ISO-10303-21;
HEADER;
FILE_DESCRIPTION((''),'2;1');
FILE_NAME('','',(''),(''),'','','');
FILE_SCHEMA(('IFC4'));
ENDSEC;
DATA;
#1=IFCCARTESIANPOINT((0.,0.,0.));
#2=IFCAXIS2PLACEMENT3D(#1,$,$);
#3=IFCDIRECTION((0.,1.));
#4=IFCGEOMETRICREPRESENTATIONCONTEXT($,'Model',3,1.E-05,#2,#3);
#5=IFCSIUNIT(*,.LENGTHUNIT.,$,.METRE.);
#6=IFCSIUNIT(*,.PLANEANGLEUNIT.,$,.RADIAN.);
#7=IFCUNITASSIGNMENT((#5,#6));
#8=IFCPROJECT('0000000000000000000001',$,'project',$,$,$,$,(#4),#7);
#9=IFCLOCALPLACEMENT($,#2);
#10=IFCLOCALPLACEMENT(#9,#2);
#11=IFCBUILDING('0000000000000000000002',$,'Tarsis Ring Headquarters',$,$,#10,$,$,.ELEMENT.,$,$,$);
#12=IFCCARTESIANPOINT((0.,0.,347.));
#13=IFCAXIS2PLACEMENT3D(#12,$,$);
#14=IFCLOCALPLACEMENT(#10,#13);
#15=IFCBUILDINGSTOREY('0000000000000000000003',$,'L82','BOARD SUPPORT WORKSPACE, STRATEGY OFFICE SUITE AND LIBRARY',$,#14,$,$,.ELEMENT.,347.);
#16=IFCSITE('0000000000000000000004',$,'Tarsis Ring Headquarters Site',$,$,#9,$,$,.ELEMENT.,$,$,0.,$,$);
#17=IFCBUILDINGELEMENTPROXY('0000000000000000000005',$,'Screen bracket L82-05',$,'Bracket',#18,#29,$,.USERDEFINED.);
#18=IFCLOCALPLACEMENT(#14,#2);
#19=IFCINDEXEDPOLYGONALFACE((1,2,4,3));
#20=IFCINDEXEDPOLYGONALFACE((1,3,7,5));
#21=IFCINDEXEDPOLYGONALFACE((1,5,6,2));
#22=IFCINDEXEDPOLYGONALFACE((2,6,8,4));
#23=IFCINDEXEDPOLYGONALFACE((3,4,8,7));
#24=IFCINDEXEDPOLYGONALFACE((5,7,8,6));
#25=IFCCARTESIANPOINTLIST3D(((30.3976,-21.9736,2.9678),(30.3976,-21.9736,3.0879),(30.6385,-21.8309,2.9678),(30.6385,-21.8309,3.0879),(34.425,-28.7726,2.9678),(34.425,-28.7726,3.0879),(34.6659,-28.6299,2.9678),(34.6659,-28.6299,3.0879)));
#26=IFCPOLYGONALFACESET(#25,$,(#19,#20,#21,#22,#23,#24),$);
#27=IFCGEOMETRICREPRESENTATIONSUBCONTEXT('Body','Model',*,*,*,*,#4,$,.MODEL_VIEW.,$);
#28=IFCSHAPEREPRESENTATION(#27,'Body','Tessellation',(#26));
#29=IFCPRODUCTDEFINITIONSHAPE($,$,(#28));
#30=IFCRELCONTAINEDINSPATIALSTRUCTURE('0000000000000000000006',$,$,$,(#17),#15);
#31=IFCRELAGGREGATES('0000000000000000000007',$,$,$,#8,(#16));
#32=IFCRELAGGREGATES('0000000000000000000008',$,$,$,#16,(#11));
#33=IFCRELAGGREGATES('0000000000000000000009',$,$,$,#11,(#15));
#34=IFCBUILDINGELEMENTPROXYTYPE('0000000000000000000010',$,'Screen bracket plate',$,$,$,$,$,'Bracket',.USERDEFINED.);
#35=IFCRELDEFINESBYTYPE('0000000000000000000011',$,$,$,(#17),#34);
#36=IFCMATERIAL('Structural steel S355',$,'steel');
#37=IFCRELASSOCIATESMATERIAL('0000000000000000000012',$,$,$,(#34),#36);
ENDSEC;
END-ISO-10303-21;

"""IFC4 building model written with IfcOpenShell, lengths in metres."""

from ifc_helpers import new_model, si_unit, direction, frame, origin, origin_2d, place, context, subcontext, project, spatial, rectangle, extrude, material, type_object, element, save


model = new_model("IFC4")

# Units and contexts
model_context = context("Model", 3, precision=1e-05, world=origin(), true_north=direction((0.0, 1.0)))
body_context = subcontext(model_context, "Body", "Model", "MODEL_VIEW")
ifc_project = project(units=[si_unit("LENGTHUNIT", "METRE"), si_unit("PLANEANGLEUNIT", "RADIAN")], contexts=[model_context])

# Site, building, storey
site_placement = place(None, origin())
site = spatial("IfcSite", under=ifc_project, at=site_placement, Name="Tarsis Ring Headquarters Site", CompositionType="ELEMENT", RefElevation=0.0)
building_placement = place(site_placement, origin())
building = spatial("IfcBuilding", under=site, at=building_placement, Name="Tarsis Ring Headquarters", CompositionType="ELEMENT")
storey_placement = place(building_placement, frame((0.0, 0.0, 347.0)))
storey = spatial("IfcBuildingStorey", under=building, at=storey_placement, Name="L82", Description="BOARD SUPPORT WORKSPACE, STRATEGY OFFICE SUITE AND LIBRARY", CompositionType="ELEMENT", Elevation=347.0)

# Shared definitions
ifc_material_1 = material(Name="Structural steel S355", Category="steel")

# Building element proxy
building_element_proxy_type = type_object("IfcBuildingElementProxyType", Name="Screen bracket plate", ElementType="Bracket", PredefinedType="USERDEFINED", material=ifc_material_1)
proxy_placement = place(storey_placement, frame((32.5317, -25.3018, 2.9678), z_axis=(0.0, 0.0, 1.0), x_axis=(-0.509642, 0.860386, 0.0)))
element("IfcBuildingElementProxy", 1, at=proxy_placement, inside=storey, type_object=building_element_proxy_type, Name="Screen bracket L82-05", ObjectType="Bracket", PredefinedType="USERDEFINED", context=body_context, shape_type="SweptSolid", body=[
    extrude(rectangle(XDim=7.9023, YDim=0.28, at=origin_2d()), origin(), (0.0, 0.0, 1.0), 0.1201),
])

save(model, "model.ifc")
